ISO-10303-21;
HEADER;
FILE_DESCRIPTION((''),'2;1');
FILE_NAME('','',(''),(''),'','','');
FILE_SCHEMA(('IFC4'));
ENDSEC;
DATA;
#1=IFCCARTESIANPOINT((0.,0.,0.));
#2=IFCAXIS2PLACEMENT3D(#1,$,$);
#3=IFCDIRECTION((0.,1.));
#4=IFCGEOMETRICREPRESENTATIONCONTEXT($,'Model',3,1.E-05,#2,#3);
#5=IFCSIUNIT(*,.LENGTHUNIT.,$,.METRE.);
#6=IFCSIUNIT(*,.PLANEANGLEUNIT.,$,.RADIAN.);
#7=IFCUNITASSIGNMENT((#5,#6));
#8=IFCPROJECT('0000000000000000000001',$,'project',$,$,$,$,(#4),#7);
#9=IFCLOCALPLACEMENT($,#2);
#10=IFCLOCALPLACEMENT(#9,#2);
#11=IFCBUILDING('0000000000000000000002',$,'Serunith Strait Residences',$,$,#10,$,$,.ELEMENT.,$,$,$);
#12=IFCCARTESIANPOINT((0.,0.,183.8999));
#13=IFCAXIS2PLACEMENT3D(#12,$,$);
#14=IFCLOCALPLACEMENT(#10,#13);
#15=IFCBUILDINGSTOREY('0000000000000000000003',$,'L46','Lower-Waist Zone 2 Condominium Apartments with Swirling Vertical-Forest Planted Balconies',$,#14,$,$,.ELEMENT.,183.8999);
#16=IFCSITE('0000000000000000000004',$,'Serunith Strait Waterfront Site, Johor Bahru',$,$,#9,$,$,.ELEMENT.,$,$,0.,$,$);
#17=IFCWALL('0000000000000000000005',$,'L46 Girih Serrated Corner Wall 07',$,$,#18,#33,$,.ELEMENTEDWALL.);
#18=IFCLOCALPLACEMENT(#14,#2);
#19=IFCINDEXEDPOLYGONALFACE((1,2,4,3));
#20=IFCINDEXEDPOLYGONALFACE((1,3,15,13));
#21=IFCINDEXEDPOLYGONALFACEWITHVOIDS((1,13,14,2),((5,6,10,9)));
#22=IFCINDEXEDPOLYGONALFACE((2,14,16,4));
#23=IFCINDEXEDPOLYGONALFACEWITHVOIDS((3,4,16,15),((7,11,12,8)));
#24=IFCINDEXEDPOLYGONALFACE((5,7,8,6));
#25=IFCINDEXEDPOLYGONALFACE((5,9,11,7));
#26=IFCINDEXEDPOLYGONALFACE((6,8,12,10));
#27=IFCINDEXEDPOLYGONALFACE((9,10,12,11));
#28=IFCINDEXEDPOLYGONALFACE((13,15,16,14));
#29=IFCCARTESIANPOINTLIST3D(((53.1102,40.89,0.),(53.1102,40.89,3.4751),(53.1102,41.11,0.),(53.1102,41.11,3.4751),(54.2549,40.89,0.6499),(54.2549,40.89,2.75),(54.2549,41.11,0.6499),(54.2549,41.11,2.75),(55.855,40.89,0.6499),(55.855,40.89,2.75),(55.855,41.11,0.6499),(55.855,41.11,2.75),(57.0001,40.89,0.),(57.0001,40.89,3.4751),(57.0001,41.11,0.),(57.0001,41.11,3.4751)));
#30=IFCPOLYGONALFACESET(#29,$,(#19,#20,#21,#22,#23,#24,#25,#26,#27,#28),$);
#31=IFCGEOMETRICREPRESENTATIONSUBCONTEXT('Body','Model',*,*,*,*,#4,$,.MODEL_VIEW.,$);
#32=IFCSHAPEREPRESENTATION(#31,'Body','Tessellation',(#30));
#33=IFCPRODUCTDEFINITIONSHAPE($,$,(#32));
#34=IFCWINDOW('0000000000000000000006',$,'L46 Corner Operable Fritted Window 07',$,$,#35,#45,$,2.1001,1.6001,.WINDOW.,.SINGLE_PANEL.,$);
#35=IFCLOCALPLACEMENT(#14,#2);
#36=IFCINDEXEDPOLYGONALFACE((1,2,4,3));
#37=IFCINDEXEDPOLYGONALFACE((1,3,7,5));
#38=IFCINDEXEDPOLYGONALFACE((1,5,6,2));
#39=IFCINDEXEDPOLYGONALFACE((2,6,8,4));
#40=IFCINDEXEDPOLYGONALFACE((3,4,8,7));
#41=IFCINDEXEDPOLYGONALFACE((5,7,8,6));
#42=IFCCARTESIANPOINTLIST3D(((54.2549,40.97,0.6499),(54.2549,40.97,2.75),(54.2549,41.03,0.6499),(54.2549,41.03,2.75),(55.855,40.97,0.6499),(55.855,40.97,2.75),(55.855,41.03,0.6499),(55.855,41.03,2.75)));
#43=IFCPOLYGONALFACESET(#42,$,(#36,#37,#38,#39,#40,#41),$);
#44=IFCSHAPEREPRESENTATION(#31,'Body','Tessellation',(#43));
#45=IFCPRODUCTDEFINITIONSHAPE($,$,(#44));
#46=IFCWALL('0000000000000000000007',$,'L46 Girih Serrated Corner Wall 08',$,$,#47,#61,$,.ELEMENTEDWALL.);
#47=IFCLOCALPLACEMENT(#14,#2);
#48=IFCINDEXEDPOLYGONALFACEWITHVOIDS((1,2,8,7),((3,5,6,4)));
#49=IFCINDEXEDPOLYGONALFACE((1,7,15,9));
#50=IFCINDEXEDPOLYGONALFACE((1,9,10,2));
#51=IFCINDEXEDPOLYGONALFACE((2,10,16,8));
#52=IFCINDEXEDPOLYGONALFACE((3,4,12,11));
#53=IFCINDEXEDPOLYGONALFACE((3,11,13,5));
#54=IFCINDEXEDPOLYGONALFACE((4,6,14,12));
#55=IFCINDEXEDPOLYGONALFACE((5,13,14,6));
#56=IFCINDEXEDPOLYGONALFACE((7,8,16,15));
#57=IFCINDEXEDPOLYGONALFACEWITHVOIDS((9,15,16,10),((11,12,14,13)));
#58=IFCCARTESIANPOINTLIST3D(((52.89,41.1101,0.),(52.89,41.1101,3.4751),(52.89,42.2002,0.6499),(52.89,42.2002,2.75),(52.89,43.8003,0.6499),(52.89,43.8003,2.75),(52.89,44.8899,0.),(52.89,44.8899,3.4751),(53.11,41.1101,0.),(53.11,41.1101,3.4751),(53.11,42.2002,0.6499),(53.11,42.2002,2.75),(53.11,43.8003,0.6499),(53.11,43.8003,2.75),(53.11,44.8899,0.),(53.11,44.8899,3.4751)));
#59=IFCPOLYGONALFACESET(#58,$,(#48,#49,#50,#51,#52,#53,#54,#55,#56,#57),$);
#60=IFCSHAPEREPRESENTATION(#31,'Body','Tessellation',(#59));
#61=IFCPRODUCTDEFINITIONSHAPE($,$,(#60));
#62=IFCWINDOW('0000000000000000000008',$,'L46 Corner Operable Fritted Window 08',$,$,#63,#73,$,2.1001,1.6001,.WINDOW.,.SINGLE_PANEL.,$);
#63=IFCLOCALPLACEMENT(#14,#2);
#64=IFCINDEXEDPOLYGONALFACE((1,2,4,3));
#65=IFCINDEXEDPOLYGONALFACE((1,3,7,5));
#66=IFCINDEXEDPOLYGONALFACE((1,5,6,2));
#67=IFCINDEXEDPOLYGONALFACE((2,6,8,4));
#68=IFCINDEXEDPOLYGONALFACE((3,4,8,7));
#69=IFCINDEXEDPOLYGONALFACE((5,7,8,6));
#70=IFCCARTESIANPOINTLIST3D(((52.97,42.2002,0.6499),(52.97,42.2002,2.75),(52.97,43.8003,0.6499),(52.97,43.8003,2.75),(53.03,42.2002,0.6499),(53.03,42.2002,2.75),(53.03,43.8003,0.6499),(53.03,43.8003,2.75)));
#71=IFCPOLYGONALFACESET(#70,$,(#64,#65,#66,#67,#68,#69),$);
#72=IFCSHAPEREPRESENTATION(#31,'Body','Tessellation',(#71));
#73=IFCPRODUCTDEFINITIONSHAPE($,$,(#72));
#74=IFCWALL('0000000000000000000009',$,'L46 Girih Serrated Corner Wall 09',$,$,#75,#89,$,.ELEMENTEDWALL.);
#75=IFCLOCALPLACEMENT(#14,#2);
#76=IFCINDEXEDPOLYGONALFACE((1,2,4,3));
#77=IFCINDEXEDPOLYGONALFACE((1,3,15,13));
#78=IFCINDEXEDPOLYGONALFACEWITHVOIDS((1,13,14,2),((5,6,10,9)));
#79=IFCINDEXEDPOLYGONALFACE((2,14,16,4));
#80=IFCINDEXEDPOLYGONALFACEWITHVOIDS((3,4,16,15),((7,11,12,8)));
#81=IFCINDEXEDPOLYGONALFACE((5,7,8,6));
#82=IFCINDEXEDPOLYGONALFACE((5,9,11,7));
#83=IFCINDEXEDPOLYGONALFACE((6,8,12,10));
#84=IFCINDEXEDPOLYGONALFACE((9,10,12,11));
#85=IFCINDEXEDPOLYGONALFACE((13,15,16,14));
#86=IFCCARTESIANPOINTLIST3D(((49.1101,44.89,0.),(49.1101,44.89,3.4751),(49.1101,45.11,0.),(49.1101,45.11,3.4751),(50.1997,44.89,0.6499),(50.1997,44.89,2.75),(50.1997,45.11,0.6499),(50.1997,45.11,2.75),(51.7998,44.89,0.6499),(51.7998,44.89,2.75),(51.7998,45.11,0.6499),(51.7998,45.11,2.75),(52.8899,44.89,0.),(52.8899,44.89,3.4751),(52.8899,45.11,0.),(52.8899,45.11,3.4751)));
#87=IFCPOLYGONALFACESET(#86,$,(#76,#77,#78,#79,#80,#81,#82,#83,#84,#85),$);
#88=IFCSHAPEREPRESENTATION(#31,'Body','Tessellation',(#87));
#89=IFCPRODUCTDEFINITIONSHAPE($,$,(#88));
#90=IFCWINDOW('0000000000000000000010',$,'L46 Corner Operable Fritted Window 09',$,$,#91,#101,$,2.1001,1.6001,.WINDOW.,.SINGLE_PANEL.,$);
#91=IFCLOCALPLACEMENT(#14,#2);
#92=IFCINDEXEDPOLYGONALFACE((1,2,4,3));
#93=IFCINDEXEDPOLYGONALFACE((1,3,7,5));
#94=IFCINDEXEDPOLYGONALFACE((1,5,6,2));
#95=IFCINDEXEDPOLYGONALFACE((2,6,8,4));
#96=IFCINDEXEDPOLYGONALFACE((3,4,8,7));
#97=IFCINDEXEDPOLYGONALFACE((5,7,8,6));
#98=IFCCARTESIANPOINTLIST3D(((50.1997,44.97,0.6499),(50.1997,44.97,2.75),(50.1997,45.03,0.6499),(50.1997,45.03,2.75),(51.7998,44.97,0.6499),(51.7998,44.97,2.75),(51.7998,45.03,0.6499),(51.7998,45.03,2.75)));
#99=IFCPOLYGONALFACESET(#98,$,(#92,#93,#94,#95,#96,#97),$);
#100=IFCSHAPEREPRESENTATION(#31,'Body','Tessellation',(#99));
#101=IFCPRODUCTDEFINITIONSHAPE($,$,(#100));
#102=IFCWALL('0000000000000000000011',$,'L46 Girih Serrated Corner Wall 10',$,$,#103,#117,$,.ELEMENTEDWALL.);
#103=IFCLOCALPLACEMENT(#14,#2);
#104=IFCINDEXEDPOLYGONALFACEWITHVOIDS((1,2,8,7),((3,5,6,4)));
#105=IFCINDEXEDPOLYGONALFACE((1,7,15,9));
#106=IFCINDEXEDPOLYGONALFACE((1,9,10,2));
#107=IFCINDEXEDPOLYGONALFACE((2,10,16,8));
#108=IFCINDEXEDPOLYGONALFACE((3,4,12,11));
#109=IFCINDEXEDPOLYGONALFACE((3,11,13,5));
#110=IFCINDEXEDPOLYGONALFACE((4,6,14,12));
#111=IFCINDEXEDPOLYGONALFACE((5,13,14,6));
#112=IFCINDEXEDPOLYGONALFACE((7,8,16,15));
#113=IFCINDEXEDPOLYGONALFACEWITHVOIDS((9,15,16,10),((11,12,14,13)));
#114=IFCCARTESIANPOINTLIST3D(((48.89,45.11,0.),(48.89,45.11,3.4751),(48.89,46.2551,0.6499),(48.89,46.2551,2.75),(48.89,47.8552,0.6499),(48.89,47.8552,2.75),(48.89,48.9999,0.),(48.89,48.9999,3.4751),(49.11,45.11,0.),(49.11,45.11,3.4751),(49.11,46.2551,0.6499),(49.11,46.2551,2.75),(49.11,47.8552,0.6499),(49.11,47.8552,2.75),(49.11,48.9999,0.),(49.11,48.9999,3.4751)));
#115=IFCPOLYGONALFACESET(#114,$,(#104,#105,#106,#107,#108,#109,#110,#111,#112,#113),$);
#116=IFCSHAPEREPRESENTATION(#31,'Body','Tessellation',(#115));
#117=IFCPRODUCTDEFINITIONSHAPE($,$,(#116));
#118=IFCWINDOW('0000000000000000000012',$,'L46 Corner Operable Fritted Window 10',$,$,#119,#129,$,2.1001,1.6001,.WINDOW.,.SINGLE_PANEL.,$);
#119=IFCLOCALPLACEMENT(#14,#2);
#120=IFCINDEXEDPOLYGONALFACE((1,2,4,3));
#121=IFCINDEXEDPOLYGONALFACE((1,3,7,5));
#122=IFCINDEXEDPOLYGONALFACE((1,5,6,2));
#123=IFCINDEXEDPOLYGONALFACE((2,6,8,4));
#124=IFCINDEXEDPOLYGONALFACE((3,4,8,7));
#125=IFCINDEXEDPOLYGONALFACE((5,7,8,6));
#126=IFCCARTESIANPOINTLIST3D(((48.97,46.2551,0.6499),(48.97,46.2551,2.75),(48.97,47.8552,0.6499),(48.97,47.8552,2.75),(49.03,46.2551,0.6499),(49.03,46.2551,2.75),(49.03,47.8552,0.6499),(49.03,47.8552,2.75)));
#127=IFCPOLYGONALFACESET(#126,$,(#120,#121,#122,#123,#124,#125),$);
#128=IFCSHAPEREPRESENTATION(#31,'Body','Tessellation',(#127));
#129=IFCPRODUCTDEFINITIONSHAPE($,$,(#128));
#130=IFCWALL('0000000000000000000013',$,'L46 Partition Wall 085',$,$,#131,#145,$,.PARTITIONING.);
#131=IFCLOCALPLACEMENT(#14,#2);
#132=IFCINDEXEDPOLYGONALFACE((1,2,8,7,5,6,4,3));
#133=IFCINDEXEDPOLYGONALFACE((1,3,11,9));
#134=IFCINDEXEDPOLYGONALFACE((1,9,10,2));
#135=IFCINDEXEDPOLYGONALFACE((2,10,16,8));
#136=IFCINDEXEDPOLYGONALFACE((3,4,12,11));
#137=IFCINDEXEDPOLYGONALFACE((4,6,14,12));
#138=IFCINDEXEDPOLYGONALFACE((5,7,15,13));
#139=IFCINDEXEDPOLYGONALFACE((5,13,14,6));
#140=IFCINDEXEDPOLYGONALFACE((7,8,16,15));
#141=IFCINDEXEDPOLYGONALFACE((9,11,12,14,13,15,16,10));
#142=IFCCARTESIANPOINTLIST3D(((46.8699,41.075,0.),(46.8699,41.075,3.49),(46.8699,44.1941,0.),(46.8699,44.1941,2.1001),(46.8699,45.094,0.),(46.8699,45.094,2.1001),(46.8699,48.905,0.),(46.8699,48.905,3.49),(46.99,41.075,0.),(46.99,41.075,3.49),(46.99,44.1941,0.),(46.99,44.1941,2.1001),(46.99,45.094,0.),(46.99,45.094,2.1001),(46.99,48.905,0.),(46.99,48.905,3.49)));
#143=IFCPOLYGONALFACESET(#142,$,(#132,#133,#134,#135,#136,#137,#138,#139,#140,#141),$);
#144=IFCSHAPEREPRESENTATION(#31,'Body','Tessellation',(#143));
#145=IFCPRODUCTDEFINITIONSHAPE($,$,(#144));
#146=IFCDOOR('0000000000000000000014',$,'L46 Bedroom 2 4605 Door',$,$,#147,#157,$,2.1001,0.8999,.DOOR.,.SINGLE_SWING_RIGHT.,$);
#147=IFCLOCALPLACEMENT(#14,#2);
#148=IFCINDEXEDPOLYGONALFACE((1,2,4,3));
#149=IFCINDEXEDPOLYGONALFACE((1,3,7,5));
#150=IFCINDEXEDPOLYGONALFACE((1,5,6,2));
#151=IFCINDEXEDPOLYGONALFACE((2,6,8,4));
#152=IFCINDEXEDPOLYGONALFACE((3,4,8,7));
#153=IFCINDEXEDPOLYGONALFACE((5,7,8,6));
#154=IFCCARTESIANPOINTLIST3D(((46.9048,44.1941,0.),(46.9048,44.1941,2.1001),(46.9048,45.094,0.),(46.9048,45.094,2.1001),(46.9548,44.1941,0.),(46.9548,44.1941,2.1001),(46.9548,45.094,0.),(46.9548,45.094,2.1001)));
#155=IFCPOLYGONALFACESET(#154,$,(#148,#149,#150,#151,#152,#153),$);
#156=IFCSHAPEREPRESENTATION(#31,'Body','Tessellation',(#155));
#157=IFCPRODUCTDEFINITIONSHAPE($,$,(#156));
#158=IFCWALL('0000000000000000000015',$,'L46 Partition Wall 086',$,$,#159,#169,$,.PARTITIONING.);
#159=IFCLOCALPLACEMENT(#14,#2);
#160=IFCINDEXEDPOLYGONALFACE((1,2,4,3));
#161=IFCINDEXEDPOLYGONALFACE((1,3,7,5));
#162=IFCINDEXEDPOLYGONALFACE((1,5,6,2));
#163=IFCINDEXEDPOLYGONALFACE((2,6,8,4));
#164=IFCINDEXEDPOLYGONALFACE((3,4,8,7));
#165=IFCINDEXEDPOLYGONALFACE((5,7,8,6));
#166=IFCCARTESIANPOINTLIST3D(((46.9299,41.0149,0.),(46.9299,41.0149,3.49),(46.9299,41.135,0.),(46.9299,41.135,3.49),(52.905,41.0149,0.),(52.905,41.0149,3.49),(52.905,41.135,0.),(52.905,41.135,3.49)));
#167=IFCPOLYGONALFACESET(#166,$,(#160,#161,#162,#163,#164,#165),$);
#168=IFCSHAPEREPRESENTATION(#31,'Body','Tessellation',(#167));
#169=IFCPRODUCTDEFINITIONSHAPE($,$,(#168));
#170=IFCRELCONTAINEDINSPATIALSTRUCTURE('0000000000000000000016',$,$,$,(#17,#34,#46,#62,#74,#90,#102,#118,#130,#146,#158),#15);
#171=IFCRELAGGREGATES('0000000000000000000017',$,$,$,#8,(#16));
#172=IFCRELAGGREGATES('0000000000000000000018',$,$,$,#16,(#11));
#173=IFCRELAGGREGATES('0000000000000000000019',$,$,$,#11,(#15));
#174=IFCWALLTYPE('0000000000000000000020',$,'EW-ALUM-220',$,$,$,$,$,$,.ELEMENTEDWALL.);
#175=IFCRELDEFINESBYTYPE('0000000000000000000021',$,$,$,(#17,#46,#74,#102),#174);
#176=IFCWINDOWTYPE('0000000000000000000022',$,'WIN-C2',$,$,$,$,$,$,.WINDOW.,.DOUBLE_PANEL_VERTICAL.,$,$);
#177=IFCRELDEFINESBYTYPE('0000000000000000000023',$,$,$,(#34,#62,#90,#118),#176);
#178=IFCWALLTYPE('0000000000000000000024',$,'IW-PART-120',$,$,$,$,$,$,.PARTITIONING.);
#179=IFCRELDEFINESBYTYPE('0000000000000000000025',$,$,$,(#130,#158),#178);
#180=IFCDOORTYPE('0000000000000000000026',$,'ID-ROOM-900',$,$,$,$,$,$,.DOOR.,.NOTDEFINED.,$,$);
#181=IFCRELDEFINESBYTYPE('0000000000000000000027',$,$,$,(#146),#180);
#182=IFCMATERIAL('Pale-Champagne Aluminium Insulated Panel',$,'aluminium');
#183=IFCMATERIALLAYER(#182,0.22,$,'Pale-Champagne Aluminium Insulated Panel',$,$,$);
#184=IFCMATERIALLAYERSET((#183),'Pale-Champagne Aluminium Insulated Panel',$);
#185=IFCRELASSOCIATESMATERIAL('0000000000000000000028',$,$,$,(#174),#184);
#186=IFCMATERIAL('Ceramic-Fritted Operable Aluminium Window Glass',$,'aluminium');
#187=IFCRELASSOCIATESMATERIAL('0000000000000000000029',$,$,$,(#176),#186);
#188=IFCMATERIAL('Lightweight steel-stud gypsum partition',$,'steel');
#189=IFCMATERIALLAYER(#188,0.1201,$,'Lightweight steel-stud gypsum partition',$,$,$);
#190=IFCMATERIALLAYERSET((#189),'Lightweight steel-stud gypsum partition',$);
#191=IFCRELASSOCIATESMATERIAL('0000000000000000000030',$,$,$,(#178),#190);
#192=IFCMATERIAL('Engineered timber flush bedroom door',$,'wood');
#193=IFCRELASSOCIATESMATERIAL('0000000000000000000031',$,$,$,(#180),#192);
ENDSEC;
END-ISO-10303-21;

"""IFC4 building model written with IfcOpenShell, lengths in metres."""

from ifc_helpers import new_model, si_unit, direction, frame, frame_2d, origin, place, context, subcontext, project, spatial, rectangle, extrude, source, transform, mapped, material, layer, layer_set, type_object, element, fill, save


model = new_model("IFC4")

# Units and contexts
model_context = context("Model", 3, precision=1e-05, world=origin(), true_north=direction((0.0, 1.0)))
body_context = subcontext(model_context, "Body", "Model", "MODEL_VIEW")
ifc_project = project(units=[si_unit("LENGTHUNIT", "METRE"), si_unit("PLANEANGLEUNIT", "RADIAN")], contexts=[model_context])

# Site, building, storey
site_placement = place(None, origin())
site = spatial("IfcSite", under=ifc_project, at=site_placement, Name="Serunith Strait Waterfront Site, Johor Bahru", CompositionType="ELEMENT", RefElevation=0.0)
building_placement = place(site_placement, origin())
building = spatial("IfcBuilding", under=site, at=building_placement, Name="Serunith Strait Residences", CompositionType="ELEMENT")
storey_placement = place(building_placement, frame((0.0, 0.0, 183.8999)))
storey = spatial("IfcBuildingStorey", under=building, at=storey_placement, Name="L46", Description="Lower-Waist Zone 2 Condominium Apartments with Swirling Vertical-Forest Planted Balconies", CompositionType="ELEMENT", Elevation=183.8999)

# Walls, openings, windows
ifc_material_1 = material(Name="Pale-Champagne Aluminium Insulated Panel", Category="aluminium")
ifc_layer_1 = layer(ifc_material_1, 0.22, Name="Pale-Champagne Aluminium Insulated Panel")
ifc_layer_set_1 = layer_set([ifc_layer_1], Name="Pale-Champagne Aluminium Insulated Panel")
wall_type_1 = type_object("IfcWallType", Name="EW-ALUM-220", PredefinedType="ELEMENTEDWALL", material=ifc_layer_set_1)
wall_1_placement = place(storey_placement, frame((57.0, 41.0, 0.0), z_axis=(0.0, 0.0, 1.0), x_axis=(-1.0, 0.0, 0.0)))
wall_1 = element("IfcWall", 1, at=wall_1_placement, inside=storey, type_object=wall_type_1, Name="L46 Girih Serrated Corner Wall 07", PredefinedType="ELEMENTEDWALL", context=body_context, shape_type="SweptSolid", body=[
    extrude(rectangle(XDim=3.8899, YDim=0.22, at=frame_2d((1.9448, 0.0))), origin(), (0.0, 0.0, 1.0), 3.4751),
])
opening_1_placement = place(wall_1_placement, frame((1.145, 0.0, 0.6499)))
opening_1 = element("IfcOpeningElement", 2, at=opening_1_placement, cuts=wall_1, PredefinedType="OPENING", context=body_context, shape_type="SweptSolid", body=[
    extrude(rectangle(XDim=1.6001, YDim=2.1001, at=frame_2d((0.8, 1.05))), frame((0.0, 0.1201, 0.0), z_axis=(0.0, -1.0, 0.0), x_axis=(1.0, 0.0, 0.0)), (0.0, 0.0, 1.0), 0.24),
])
ifc_material_2 = material(Name="Ceramic-Fritted Operable Aluminium Window Glass", Category="aluminium")
window_type = type_object("IfcWindowType", Name="WIN-C2", PartitioningType="DOUBLE_PANEL_VERTICAL", PredefinedType="WINDOW", material=ifc_material_2)
shared_shape_1 = source(origin(), body_context, "Body", "SweptSolid", [
    extrude(rectangle(XDim=1.6001, YDim=2.1001, at=frame_2d((0.8, 1.05))), frame((0.0, 0.03, 0.0), z_axis=(0.0, -1.0, 0.0), x_axis=(1.0, 0.0, 0.0)), (0.0, 0.0, 1.0), 0.0601),
])
window_1_placement = place(opening_1_placement, origin())
window_1 = element("IfcWindow", 3, at=window_1_placement, inside=storey, type_object=window_type, Name="L46 Corner Operable Fritted Window 07", OverallHeight=2.1001, OverallWidth=1.6001, PartitioningType="SINGLE_PANEL", PredefinedType="WINDOW", context=body_context, shape_type="MappedRepresentation", body=[
    mapped(shared_shape_1, transform((0.0, 0.0, 0.0), scale=1.0)),
])
fill(opening_1, window_1)
wall_2_placement = place(storey_placement, frame((53.0, 41.1101, 0.0), z_axis=(0.0, 0.0, 1.0), x_axis=(0.0, 1.0, 0.0)))
wall_2 = element("IfcWall", 4, at=wall_2_placement, inside=storey, type_object=wall_type_1, Name="L46 Girih Serrated Corner Wall 08", PredefinedType="ELEMENTEDWALL", context=body_context, shape_type="SweptSolid", body=[
    extrude(rectangle(XDim=3.7798, YDim=0.22, at=frame_2d((1.8899, 0.0))), origin(), (0.0, 0.0, 1.0), 3.4751),
])
opening_2_placement = place(wall_2_placement, frame((1.0901, 0.0, 0.6499)))
opening_2 = element("IfcOpeningElement", 5, at=opening_2_placement, cuts=wall_2, PredefinedType="OPENING", context=body_context, shape_type="SweptSolid", body=[
    extrude(rectangle(XDim=1.6001, YDim=2.1001, at=frame_2d((0.8, 1.05))), frame((0.0, 0.1201, 0.0), z_axis=(0.0, -1.0, 0.0), x_axis=(1.0, 0.0, 0.0)), (0.0, 0.0, 1.0), 0.24),
])
window_2_placement = place(opening_2_placement, origin())
window_2 = element("IfcWindow", 6, at=window_2_placement, inside=storey, type_object=window_type, Name="L46 Corner Operable Fritted Window 08", OverallHeight=2.1001, OverallWidth=1.6001, PartitioningType="SINGLE_PANEL", PredefinedType="WINDOW", context=body_context, shape_type="MappedRepresentation", body=[
    mapped(shared_shape_1, transform((0.0, 0.0, 0.0), scale=1.0)),
])
fill(opening_2, window_2)
wall_3_placement = place(storey_placement, frame((52.8899, 45.0, 0.0), z_axis=(0.0, 0.0, 1.0), x_axis=(-1.0, 0.0, 0.0)))
wall_3 = element("IfcWall", 7, at=wall_3_placement, inside=storey, type_object=wall_type_1, Name="L46 Girih Serrated Corner Wall 09", PredefinedType="ELEMENTEDWALL", context=body_context, shape_type="SweptSolid", body=[
    extrude(rectangle(XDim=3.7798, YDim=0.22, at=frame_2d((1.8899, 0.0))), origin(), (0.0, 0.0, 1.0), 3.4751),
])
opening_3_placement = place(wall_3_placement, frame((1.0901, 0.0, 0.6499)))
opening_3 = element("IfcOpeningElement", 8, at=opening_3_placement, cuts=wall_3, PredefinedType="OPENING", context=body_context, shape_type="SweptSolid", body=[
    extrude(rectangle(XDim=1.6001, YDim=2.1001, at=frame_2d((0.8, 1.05))), frame((0.0, 0.1201, 0.0), z_axis=(0.0, -1.0, 0.0), x_axis=(1.0, 0.0, 0.0)), (0.0, 0.0, 1.0), 0.24),
])
window_3_placement = place(opening_3_placement, origin())
window_3 = element("IfcWindow", 9, at=window_3_placement, inside=storey, type_object=window_type, Name="L46 Corner Operable Fritted Window 09", OverallHeight=2.1001, OverallWidth=1.6001, PartitioningType="SINGLE_PANEL", PredefinedType="WINDOW", context=body_context, shape_type="MappedRepresentation", body=[
    mapped(shared_shape_1, transform((0.0, 0.0, 0.0), scale=1.0)),
])
fill(opening_3, window_3)
wall_4_placement = place(storey_placement, frame((49.0, 45.1101, 0.0), z_axis=(0.0, 0.0, 1.0), x_axis=(0.0, 1.0, 0.0)))
wall_4 = element("IfcWall", 10, at=wall_4_placement, inside=storey, type_object=wall_type_1, Name="L46 Girih Serrated Corner Wall 10", PredefinedType="ELEMENTEDWALL", context=body_context, shape_type="SweptSolid", body=[
    extrude(rectangle(XDim=3.8899, YDim=0.22, at=frame_2d((1.9448, 0.0))), origin(), (0.0, 0.0, 1.0), 3.4751),
])
opening_4_placement = place(wall_4_placement, frame((1.145, 0.0, 0.6499)))
opening_4 = element("IfcOpeningElement", 11, at=opening_4_placement, cuts=wall_4, PredefinedType="OPENING", context=body_context, shape_type="SweptSolid", body=[
    extrude(rectangle(XDim=1.6001, YDim=2.1001, at=frame_2d((0.8, 1.05))), frame((0.0, 0.1201, 0.0), z_axis=(0.0, -1.0, 0.0), x_axis=(1.0, 0.0, 0.0)), (0.0, 0.0, 1.0), 0.24),
])
window_4_placement = place(opening_4_placement, origin())
window_4 = element("IfcWindow", 12, at=window_4_placement, inside=storey, type_object=window_type, Name="L46 Corner Operable Fritted Window 10", OverallHeight=2.1001, OverallWidth=1.6001, PartitioningType="SINGLE_PANEL", PredefinedType="WINDOW", context=body_context, shape_type="MappedRepresentation", body=[
    mapped(shared_shape_1, transform((0.0, 0.0, 0.0), scale=1.0)),
])
fill(opening_4, window_4)

# Wall, opening, door
ifc_material_3 = material(Name="Lightweight steel-stud gypsum partition", Category="steel")
ifc_layer_2 = layer(ifc_material_3, 0.1201, Name="Lightweight steel-stud gypsum partition")
ifc_layer_set_2 = layer_set([ifc_layer_2], Name="Lightweight steel-stud gypsum partition")
wall_type_2 = type_object("IfcWallType", Name="IW-PART-120", PredefinedType="PARTITIONING", material=ifc_layer_set_2)
wall_5_placement = place(storey_placement, frame((46.9299, 48.905, 0.0), z_axis=(0.0, 0.0, 1.0), x_axis=(0.0, -1.0, 0.0)))
wall_5 = element("IfcWall", 13, at=wall_5_placement, inside=storey, type_object=wall_type_2, Name="L46 Partition Wall 085", PredefinedType="PARTITIONING", context=body_context, shape_type="SweptSolid", body=[
    extrude(rectangle(XDim=7.8301, YDim=0.1201, at=frame_2d((3.915, 0.0))), origin(), (0.0, 0.0, 1.0), 3.49),
])
opening_5_placement = place(wall_5_placement, frame((3.811, 0.0, 0.0)))
opening_5 = element("IfcOpeningElement", 14, at=opening_5_placement, cuts=wall_5, PredefinedType="OPENING", context=body_context, shape_type="SweptSolid", body=[
    extrude(rectangle(XDim=0.8999, YDim=2.1001, at=frame_2d((0.45, 1.05))), frame((0.0, 0.0701, 0.0), z_axis=(0.0, -1.0, 0.0), x_axis=(1.0, 0.0, 0.0)), (0.0, 0.0, 1.0), 0.1401),
])
ifc_material_4 = material(Name="Engineered timber flush bedroom door", Category="wood")
door_type_1 = type_object("IfcDoorType", Name="ID-ROOM-900", OperationType="NOTDEFINED", PredefinedType="DOOR", material=ifc_material_4)
shared_shape_2 = source(origin(), body_context, "Body", "SweptSolid", [
    extrude(rectangle(XDim=0.8999, YDim=2.1001, at=frame_2d((0.45, 1.05))), frame((0.0, 0.0249, 0.0), z_axis=(0.0, -1.0, 0.0), x_axis=(1.0, 0.0, 0.0)), (0.0, 0.0, 1.0), 0.05),
])
door_1_placement = place(opening_5_placement, origin())
door_1 = element("IfcDoor", 15, at=door_1_placement, inside=storey, type_object=door_type_1, Name="L46 Bedroom 2 4605 Door", OperationType="SINGLE_SWING_RIGHT", OverallHeight=2.1001, OverallWidth=0.8999, PredefinedType="DOOR", context=body_context, shape_type="MappedRepresentation", body=[
    mapped(shared_shape_2, transform((0.0, 0.0, 0.0), scale=1.0)),
])
fill(opening_5, door_1)

# Wall
wall_6_placement = place(storey_placement, frame((46.9299, 41.075, 0.0), z_axis=(0.0, 0.0, 1.0), x_axis=(1.0, 0.0, 0.0)))
element("IfcWall", 16, at=wall_6_placement, inside=storey, type_object=wall_type_2, Name="L46 Partition Wall 086", PredefinedType="PARTITIONING", context=body_context, shape_type="SweptSolid", body=[
    extrude(rectangle(XDim=5.9751, YDim=0.1201, at=frame_2d((2.9875, 0.0))), origin(), (0.0, 0.0, 1.0), 3.49),
])

save(model, "model.ifc")
